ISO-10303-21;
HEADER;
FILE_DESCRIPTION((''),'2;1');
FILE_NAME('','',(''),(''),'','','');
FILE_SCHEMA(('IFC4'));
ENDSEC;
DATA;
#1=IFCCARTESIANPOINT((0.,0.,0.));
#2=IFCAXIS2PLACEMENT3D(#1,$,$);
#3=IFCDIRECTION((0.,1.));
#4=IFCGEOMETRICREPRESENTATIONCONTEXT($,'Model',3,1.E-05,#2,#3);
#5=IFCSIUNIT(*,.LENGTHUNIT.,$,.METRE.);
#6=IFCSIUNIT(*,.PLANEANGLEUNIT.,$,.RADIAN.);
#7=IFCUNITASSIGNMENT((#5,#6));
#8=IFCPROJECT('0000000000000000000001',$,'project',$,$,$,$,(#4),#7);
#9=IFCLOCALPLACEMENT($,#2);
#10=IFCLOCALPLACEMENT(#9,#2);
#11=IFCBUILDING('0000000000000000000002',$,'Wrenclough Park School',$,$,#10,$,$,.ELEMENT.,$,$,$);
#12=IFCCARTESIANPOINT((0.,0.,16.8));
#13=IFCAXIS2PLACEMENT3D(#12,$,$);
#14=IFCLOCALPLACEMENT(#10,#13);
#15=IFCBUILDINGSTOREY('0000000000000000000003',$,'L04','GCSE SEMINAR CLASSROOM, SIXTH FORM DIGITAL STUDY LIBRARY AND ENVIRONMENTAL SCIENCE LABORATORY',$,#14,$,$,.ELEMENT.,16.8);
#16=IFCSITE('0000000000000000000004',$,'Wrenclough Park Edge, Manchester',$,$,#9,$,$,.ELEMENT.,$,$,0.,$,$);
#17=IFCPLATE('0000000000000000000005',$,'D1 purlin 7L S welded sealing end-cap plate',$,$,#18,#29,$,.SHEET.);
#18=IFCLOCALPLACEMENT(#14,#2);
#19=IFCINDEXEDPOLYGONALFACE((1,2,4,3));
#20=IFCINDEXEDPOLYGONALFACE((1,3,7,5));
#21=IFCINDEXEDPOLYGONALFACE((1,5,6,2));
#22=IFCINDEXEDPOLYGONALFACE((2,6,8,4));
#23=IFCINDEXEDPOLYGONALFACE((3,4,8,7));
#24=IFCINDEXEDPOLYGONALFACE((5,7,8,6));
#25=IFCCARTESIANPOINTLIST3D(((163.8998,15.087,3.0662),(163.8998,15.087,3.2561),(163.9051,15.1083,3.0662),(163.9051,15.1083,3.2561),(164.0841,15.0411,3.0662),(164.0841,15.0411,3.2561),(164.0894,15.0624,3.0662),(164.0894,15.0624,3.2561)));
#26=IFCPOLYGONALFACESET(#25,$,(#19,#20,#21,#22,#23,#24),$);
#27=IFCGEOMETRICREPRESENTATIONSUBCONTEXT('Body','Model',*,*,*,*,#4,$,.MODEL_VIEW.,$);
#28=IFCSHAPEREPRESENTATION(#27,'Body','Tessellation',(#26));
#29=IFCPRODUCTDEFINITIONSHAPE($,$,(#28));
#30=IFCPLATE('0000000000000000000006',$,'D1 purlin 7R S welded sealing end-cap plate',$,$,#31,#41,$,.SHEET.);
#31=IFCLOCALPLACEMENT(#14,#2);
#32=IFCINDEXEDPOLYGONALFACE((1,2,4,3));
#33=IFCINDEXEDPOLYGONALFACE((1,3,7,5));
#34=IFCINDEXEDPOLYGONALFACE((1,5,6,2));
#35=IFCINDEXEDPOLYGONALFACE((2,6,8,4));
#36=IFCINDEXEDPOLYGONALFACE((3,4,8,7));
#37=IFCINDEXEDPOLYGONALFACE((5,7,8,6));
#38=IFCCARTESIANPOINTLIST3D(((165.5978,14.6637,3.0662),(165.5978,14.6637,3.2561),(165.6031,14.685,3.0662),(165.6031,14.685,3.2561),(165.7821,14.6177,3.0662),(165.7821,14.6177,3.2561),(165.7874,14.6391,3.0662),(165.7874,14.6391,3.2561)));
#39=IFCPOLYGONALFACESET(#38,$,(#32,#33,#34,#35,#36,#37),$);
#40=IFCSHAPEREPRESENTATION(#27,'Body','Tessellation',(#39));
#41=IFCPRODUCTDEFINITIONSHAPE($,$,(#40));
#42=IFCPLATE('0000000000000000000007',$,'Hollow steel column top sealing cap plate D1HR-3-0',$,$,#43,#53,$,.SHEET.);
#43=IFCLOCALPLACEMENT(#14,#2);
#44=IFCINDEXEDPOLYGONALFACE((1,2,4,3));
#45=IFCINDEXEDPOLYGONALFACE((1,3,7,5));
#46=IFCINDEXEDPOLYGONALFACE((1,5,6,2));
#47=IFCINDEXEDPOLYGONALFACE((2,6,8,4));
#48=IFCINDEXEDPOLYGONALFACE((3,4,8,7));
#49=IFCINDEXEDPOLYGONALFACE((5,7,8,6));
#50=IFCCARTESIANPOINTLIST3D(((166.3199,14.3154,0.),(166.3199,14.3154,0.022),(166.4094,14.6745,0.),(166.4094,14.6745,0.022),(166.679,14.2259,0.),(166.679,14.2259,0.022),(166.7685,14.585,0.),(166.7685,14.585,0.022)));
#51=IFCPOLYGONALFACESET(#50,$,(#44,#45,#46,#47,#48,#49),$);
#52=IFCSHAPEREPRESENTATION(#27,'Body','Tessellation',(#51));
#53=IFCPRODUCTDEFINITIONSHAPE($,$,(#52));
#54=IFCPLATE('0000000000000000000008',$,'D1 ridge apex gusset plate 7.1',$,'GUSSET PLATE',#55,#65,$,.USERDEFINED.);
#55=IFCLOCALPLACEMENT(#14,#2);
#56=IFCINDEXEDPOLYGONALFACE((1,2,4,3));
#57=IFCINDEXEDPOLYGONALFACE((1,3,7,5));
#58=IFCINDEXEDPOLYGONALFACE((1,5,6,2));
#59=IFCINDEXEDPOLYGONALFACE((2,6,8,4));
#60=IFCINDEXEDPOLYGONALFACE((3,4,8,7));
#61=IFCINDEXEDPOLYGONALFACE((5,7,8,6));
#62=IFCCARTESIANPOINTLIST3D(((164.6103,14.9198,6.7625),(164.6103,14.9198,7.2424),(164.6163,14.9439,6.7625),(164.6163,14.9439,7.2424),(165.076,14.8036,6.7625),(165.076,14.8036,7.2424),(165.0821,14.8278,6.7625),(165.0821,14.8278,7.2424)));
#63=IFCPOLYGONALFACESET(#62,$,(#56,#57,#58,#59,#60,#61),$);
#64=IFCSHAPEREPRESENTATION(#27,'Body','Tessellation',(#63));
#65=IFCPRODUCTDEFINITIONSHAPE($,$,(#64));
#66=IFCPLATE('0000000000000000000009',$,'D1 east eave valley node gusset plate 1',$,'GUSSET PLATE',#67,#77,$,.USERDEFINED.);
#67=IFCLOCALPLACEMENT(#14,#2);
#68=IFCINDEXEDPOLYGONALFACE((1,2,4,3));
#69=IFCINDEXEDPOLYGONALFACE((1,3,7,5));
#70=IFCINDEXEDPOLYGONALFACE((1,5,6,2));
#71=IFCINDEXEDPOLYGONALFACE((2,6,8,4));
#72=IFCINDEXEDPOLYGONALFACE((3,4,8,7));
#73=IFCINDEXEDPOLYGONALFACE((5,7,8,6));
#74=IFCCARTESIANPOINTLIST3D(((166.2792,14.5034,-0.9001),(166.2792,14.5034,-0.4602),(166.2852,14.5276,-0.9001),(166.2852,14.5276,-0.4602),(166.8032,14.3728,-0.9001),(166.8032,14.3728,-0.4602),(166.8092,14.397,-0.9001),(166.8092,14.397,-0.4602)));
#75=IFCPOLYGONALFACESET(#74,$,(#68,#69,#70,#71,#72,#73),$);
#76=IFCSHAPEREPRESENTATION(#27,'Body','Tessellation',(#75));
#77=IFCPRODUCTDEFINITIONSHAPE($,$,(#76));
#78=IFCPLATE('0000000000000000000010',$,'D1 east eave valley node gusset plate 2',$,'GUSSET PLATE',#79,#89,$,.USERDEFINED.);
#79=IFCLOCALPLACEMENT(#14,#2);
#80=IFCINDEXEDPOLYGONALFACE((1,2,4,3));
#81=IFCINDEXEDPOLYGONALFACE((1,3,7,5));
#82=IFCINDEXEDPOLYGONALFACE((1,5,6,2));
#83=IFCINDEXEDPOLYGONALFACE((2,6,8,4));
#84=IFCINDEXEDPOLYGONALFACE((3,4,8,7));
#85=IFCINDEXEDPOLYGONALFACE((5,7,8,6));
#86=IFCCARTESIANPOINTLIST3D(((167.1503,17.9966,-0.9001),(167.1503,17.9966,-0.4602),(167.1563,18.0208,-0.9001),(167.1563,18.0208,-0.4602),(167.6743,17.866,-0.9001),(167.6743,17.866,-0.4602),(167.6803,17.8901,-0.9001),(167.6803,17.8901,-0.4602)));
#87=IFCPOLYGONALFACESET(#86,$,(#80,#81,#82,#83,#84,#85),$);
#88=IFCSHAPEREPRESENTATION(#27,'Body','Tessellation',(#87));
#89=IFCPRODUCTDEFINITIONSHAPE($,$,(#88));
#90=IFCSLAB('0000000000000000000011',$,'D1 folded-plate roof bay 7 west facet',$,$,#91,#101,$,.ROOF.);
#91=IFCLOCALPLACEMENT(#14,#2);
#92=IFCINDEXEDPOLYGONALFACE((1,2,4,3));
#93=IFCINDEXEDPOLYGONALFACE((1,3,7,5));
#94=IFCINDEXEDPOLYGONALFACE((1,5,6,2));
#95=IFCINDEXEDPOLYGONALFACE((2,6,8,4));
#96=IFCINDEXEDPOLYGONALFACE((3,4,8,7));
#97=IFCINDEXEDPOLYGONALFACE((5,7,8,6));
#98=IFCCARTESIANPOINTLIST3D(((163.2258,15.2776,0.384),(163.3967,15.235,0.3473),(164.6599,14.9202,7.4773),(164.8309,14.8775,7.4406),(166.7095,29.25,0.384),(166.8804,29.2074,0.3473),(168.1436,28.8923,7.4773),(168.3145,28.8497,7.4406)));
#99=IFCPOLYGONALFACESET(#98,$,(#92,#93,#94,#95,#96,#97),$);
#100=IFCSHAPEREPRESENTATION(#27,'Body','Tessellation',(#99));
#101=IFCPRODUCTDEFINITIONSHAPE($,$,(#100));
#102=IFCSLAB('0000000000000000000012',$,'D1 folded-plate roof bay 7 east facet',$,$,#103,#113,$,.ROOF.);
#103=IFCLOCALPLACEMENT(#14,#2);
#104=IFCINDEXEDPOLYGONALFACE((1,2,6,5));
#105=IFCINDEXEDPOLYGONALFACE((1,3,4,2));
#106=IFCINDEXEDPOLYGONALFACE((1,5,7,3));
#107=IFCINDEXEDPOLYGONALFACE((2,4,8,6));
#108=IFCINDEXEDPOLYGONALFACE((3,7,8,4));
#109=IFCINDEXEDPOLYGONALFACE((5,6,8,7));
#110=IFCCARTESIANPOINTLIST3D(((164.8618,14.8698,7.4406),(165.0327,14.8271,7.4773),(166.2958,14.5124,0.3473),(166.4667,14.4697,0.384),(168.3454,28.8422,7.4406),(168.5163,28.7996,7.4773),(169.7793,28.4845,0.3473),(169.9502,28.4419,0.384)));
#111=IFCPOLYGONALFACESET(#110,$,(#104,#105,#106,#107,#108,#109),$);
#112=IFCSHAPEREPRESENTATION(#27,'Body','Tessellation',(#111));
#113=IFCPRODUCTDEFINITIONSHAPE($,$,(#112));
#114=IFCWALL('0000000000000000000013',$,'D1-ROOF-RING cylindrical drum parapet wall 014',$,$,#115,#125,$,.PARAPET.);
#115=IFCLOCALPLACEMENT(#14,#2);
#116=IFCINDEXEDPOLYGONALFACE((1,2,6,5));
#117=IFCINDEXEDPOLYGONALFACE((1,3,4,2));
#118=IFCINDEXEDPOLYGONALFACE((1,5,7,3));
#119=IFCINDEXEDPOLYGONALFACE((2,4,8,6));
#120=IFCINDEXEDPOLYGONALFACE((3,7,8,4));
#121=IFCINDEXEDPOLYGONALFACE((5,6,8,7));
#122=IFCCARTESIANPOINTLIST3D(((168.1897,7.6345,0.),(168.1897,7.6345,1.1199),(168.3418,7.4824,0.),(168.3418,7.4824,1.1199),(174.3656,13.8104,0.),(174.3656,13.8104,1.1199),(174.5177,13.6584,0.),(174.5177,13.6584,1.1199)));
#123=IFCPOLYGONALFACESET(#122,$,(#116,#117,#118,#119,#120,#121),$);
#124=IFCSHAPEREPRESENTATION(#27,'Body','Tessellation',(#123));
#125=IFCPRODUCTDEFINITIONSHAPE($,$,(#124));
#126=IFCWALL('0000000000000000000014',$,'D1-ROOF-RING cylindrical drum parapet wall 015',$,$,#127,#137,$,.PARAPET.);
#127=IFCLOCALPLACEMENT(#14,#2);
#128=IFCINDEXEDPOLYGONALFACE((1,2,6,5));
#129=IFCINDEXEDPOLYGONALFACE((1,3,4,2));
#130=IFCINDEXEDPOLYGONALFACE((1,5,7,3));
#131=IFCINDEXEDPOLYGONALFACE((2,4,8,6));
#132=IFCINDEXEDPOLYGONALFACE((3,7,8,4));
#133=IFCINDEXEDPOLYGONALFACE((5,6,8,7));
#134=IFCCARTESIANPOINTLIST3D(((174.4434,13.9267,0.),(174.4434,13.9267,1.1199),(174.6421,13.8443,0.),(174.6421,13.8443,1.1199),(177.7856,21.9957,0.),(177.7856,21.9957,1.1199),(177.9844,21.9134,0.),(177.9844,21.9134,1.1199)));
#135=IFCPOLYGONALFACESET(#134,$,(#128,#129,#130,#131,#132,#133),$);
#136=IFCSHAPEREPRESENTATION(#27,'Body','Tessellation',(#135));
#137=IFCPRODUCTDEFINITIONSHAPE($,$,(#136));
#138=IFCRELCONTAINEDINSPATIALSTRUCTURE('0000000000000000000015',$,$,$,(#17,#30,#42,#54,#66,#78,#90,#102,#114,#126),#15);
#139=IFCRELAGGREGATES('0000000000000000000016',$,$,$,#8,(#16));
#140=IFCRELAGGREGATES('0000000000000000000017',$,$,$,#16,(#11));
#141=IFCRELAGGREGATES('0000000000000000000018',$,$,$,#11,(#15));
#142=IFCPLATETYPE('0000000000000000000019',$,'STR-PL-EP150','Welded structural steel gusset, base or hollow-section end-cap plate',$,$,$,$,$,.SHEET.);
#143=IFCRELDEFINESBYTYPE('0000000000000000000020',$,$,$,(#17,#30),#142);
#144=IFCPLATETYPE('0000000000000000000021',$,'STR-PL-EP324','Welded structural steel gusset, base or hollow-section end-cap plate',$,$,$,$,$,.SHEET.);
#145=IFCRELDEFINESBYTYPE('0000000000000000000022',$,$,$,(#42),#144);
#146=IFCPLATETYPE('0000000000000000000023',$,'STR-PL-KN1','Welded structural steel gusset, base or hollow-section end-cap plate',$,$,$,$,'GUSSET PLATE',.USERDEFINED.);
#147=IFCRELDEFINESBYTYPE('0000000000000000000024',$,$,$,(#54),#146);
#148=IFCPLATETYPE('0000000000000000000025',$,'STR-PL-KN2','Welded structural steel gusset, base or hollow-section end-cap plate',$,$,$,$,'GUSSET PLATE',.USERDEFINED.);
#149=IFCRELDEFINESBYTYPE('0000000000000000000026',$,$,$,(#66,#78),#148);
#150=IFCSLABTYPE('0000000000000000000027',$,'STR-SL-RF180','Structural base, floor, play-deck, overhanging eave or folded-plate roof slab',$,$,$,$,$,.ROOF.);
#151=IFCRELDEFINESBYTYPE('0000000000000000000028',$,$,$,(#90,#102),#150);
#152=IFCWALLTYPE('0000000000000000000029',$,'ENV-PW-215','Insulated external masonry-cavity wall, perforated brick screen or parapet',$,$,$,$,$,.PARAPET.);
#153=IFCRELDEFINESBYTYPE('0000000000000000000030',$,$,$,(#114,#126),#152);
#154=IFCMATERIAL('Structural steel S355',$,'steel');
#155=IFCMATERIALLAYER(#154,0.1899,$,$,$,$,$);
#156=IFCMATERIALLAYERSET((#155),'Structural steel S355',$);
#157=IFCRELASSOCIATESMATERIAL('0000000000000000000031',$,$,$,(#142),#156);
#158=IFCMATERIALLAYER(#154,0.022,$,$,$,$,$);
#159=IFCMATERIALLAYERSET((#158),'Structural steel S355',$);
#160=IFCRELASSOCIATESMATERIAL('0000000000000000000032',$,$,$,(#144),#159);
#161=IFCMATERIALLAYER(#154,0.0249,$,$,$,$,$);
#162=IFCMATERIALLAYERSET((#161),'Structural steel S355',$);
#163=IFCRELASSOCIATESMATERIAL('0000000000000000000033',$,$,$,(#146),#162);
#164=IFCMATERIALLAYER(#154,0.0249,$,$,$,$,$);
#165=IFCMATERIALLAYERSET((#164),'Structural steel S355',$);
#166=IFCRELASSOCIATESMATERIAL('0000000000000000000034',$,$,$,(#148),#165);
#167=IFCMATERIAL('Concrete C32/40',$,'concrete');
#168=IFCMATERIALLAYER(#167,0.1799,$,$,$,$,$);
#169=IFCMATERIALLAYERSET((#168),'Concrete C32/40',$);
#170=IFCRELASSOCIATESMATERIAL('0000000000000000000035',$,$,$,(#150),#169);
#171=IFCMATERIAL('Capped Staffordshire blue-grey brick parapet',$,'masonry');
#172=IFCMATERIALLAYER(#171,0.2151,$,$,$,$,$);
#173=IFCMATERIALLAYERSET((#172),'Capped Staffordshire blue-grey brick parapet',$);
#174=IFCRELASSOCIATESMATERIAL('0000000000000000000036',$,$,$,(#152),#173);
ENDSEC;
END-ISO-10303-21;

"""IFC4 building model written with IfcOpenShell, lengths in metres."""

from ifc_helpers import new_model, si_unit, direction, frame, frame_2d, origin, origin_2d, place, context, subcontext, project, spatial, polyline, rectangle, outline, extrude, material, layer, layer_set, type_object, element, save


model = new_model("IFC4")

# Units and contexts
model_context = context("Model", 3, precision=1e-05, world=origin(), true_north=direction((0.0, 1.0)))
body_context = subcontext(model_context, "Body", "Model", "MODEL_VIEW")
ifc_project = project(units=[si_unit("LENGTHUNIT", "METRE"), si_unit("PLANEANGLEUNIT", "RADIAN")], contexts=[model_context])

# Site, building, storey
site_placement = place(None, origin())
site = spatial("IfcSite", under=ifc_project, at=site_placement, Name="Wrenclough Park Edge, Manchester", CompositionType="ELEMENT", RefElevation=0.0)
building_placement = place(site_placement, origin())
building = spatial("IfcBuilding", under=site, at=building_placement, Name="Wrenclough Park School", CompositionType="ELEMENT")
storey_placement = place(building_placement, frame((0.0, 0.0, 16.8)))
storey = spatial("IfcBuildingStorey", under=building, at=storey_placement, Name="L04", Description="GCSE SEMINAR CLASSROOM, SIXTH FORM DIGITAL STUDY LIBRARY AND ENVIRONMENTAL SCIENCE LABORATORY", CompositionType="ELEMENT", Elevation=16.8)

# Shared definitions
ifc_material_1 = material(Name="Structural steel S355", Category="steel")

# Plates
ifc_layer_1 = layer(ifc_material_1, 0.1899)
ifc_layer_set_1 = layer_set([ifc_layer_1], Name="Structural steel S355")
plate_type_1 = type_object("IfcPlateType", Name="STR-PL-EP150", Description="Welded structural steel gusset, base or hollow-section end-cap plate", PredefinedType="SHEET", material=ifc_layer_set_1)
for number, where, z_axis, x_axis, name in (
    (1, (163.9946, 15.0747, 3.0662), (0.0, 0.0, 1.0), (0.241922, 0.970296, 0.0), "D1 purlin 7L S welded sealing end-cap plate"),
    (2, (165.6926, 14.6514, 3.0662), (0.0, 0.0, 1.0), (0.241922, 0.970296, 0.0), "D1 purlin 7R S welded sealing end-cap plate"),
):
    element("IfcPlate", number, at=place(storey_placement, frame(where, z_axis=z_axis, x_axis=x_axis)), inside=storey, type_object=plate_type_1, Name=name, PredefinedType="SHEET", context=body_context, shape_type="SweptSolid", body=[
        extrude(rectangle(XDim=0.022, YDim=0.1899, at=origin_2d()), origin(), (0.0, 0.0, 1.0), 0.1899),
    ])
ifc_layer_2 = layer(ifc_material_1, 0.022)
ifc_layer_set_2 = layer_set([ifc_layer_2], Name="Structural steel S355")
plate_type_2 = type_object("IfcPlateType", Name="STR-PL-EP324", Description="Welded structural steel gusset, base or hollow-section end-cap plate", PredefinedType="SHEET", material=ifc_layer_set_2)
plate_1_placement = place(storey_placement, frame((166.5442, 14.4502, 0.0), z_axis=(0.0, 0.0, 1.0), x_axis=(0.970296, -0.241922, 0.0)))
element("IfcPlate", 3, at=plate_1_placement, inside=storey, type_object=plate_type_2, Name="Hollow steel column top sealing cap plate D1HR-3-0", PredefinedType="SHEET", context=body_context, shape_type="SweptSolid", body=[
    extrude(rectangle(XDim=0.3701, YDim=0.3701, at=origin_2d()), origin(), (0.0, 0.0, 1.0), 0.022),
])
ifc_layer_3 = layer(ifc_material_1, 0.0249)
ifc_layer_set_3 = layer_set([ifc_layer_3], Name="Structural steel S355")
plate_type_3 = type_object("IfcPlateType", Name="STR-PL-KN1", Description="Welded structural steel gusset, base or hollow-section end-cap plate", ElementType="GUSSET PLATE", PredefinedType="USERDEFINED", material=ifc_layer_set_3)
plate_2_placement = place(storey_placement, frame((164.8462, 14.8738, 6.7625), z_axis=(0.0, 0.0, 1.0), x_axis=(0.970296, -0.241922, 0.0)))
element("IfcPlate", 4, at=plate_2_placement, inside=storey, type_object=plate_type_3, Name="D1 ridge apex gusset plate 7.1", ObjectType="GUSSET PLATE", PredefinedType="USERDEFINED", context=body_context, shape_type="SweptSolid", body=[
    extrude(rectangle(XDim=0.48, YDim=0.0249, at=origin_2d()), origin(), (0.0, 0.0, 1.0), 0.48),
])
ifc_layer_4 = layer(ifc_material_1, 0.0249)
ifc_layer_set_4 = layer_set([ifc_layer_4], Name="Structural steel S355")
plate_type_4 = type_object("IfcPlateType", Name="STR-PL-KN2", Description="Welded structural steel gusset, base or hollow-section end-cap plate", ElementType="GUSSET PLATE", PredefinedType="USERDEFINED", material=ifc_layer_set_4)
for number, where, z_axis, x_axis, name in (
    (5, (166.5442, 14.4502, -0.9001), (0.0, 0.0, 1.0), (0.970296, -0.241922, 0.0), "D1 east eave valley node gusset plate 1"),
    (6, (167.4153, 17.9434, -0.9001), (0.0, 0.0, 1.0), (0.970296, -0.241922, 0.0), "D1 east eave valley node gusset plate 2"),
):
    element("IfcPlate", number, at=place(storey_placement, frame(where, z_axis=z_axis, x_axis=x_axis)), inside=storey, type_object=plate_type_4, Name=name, ObjectType="GUSSET PLATE", PredefinedType="USERDEFINED", context=body_context, shape_type="SweptSolid", body=[
        extrude(rectangle(XDim=0.54, YDim=0.0249, at=origin_2d()), origin(), (0.0, 0.0, 1.0), 0.4399),
    ])

# Slabs
ifc_material_2 = material(Name="Concrete C32/40", Category="concrete")
ifc_layer_5 = layer(ifc_material_2, 0.1799)
ifc_layer_set_5 = layer_set([ifc_layer_5], Name="Concrete C32/40")
slab_type = type_object("IfcSlabType", Name="STR-SL-RF180", Description="Structural base, floor, play-deck, overhanging eave or folded-plate roof slab", PredefinedType="ROOF", material=ifc_layer_set_5)
slab_1_placement = place(storey_placement, frame((163.2258, 15.2776, 0.384), z_axis=(-0.949895, 0.236833, 0.203983), x_axis=(0.197928, -0.04933, 0.978974)))
element("IfcSlab", 7, at=slab_1_placement, inside=storey, type_object=slab_type, Name="D1 folded-plate roof bay 7 west facet", PredefinedType="ROOF", context=body_context, shape_type="SweptSolid", body=[
    extrude(outline(polyline([(0.0, 0.0), (7.2456, 0.0), (7.2459, 14.3999), (0.0002, 14.4001), (0.0, 0.0)])), origin(), (0.0, 0.0, -1.0), 0.1799),
])
slab_2_placement = place(storey_placement, frame((165.0327, 14.8271, 7.4773), z_axis=(0.9499, -0.236826, 0.203967), x_axis=(0.197913, -0.049327, -0.978978)))
element("IfcSlab", 8, at=slab_2_placement, inside=storey, type_object=slab_type, Name="D1 folded-plate roof bay 7 east facet", PredefinedType="ROOF", context=body_context, shape_type="SweptSolid", body=[
    extrude(outline(polyline([(0.0, 0.0), (7.2456, 0.0), (7.2458, 14.3998), (0.0002, 14.4001), (0.0, 0.0)])), origin(), (0.0, 0.0, -1.0), 0.1799),
])

# Walls
ifc_material_3 = material(Name="Capped Staffordshire blue-grey brick parapet", Category="masonry")
ifc_layer_6 = layer(ifc_material_3, 0.2151)
ifc_layer_set_6 = layer_set([ifc_layer_6], Name="Capped Staffordshire blue-grey brick parapet")
wall_type = type_object("IfcWallType", Name="ENV-PW-215", Description="Insulated external masonry-cavity wall, perforated brick screen or parapet", PredefinedType="PARAPET", material=ifc_layer_set_6)
wall_1_placement = place(storey_placement, frame((168.2656, 7.5583, 0.0), z_axis=(0.0, 0.0, 1.0), x_axis=(0.707107, 0.707107, 0.0)))
element("IfcWall", 9, at=wall_1_placement, inside=storey, type_object=wall_type, Name="D1-ROOF-RING cylindrical drum parapet wall 014", PredefinedType="PARAPET", context=body_context, shape_type="SweptSolid", body=[
    extrude(rectangle(XDim=8.7341, YDim=0.2151, at=frame_2d((4.3672, 0.0))), origin(), (0.0, 0.0, 1.0), 1.1199),
])
wall_2_placement = place(storey_placement, frame((174.5427, 13.8855, 0.0), z_axis=(0.0, 0.0, 1.0), x_axis=(0.382679, 0.923881, 0.0)))
element("IfcWall", 10, at=wall_2_placement, inside=storey, type_object=wall_type, Name="D1-ROOF-RING cylindrical drum parapet wall 015", PredefinedType="PARAPET", context=body_context, shape_type="SweptSolid", body=[
    extrude(rectangle(XDim=8.7339, YDim=0.2151, at=frame_2d((4.3669, 0.0))), origin(), (0.0, 0.0, 1.0), 1.1199),
])

save(model, "model.ifc")
